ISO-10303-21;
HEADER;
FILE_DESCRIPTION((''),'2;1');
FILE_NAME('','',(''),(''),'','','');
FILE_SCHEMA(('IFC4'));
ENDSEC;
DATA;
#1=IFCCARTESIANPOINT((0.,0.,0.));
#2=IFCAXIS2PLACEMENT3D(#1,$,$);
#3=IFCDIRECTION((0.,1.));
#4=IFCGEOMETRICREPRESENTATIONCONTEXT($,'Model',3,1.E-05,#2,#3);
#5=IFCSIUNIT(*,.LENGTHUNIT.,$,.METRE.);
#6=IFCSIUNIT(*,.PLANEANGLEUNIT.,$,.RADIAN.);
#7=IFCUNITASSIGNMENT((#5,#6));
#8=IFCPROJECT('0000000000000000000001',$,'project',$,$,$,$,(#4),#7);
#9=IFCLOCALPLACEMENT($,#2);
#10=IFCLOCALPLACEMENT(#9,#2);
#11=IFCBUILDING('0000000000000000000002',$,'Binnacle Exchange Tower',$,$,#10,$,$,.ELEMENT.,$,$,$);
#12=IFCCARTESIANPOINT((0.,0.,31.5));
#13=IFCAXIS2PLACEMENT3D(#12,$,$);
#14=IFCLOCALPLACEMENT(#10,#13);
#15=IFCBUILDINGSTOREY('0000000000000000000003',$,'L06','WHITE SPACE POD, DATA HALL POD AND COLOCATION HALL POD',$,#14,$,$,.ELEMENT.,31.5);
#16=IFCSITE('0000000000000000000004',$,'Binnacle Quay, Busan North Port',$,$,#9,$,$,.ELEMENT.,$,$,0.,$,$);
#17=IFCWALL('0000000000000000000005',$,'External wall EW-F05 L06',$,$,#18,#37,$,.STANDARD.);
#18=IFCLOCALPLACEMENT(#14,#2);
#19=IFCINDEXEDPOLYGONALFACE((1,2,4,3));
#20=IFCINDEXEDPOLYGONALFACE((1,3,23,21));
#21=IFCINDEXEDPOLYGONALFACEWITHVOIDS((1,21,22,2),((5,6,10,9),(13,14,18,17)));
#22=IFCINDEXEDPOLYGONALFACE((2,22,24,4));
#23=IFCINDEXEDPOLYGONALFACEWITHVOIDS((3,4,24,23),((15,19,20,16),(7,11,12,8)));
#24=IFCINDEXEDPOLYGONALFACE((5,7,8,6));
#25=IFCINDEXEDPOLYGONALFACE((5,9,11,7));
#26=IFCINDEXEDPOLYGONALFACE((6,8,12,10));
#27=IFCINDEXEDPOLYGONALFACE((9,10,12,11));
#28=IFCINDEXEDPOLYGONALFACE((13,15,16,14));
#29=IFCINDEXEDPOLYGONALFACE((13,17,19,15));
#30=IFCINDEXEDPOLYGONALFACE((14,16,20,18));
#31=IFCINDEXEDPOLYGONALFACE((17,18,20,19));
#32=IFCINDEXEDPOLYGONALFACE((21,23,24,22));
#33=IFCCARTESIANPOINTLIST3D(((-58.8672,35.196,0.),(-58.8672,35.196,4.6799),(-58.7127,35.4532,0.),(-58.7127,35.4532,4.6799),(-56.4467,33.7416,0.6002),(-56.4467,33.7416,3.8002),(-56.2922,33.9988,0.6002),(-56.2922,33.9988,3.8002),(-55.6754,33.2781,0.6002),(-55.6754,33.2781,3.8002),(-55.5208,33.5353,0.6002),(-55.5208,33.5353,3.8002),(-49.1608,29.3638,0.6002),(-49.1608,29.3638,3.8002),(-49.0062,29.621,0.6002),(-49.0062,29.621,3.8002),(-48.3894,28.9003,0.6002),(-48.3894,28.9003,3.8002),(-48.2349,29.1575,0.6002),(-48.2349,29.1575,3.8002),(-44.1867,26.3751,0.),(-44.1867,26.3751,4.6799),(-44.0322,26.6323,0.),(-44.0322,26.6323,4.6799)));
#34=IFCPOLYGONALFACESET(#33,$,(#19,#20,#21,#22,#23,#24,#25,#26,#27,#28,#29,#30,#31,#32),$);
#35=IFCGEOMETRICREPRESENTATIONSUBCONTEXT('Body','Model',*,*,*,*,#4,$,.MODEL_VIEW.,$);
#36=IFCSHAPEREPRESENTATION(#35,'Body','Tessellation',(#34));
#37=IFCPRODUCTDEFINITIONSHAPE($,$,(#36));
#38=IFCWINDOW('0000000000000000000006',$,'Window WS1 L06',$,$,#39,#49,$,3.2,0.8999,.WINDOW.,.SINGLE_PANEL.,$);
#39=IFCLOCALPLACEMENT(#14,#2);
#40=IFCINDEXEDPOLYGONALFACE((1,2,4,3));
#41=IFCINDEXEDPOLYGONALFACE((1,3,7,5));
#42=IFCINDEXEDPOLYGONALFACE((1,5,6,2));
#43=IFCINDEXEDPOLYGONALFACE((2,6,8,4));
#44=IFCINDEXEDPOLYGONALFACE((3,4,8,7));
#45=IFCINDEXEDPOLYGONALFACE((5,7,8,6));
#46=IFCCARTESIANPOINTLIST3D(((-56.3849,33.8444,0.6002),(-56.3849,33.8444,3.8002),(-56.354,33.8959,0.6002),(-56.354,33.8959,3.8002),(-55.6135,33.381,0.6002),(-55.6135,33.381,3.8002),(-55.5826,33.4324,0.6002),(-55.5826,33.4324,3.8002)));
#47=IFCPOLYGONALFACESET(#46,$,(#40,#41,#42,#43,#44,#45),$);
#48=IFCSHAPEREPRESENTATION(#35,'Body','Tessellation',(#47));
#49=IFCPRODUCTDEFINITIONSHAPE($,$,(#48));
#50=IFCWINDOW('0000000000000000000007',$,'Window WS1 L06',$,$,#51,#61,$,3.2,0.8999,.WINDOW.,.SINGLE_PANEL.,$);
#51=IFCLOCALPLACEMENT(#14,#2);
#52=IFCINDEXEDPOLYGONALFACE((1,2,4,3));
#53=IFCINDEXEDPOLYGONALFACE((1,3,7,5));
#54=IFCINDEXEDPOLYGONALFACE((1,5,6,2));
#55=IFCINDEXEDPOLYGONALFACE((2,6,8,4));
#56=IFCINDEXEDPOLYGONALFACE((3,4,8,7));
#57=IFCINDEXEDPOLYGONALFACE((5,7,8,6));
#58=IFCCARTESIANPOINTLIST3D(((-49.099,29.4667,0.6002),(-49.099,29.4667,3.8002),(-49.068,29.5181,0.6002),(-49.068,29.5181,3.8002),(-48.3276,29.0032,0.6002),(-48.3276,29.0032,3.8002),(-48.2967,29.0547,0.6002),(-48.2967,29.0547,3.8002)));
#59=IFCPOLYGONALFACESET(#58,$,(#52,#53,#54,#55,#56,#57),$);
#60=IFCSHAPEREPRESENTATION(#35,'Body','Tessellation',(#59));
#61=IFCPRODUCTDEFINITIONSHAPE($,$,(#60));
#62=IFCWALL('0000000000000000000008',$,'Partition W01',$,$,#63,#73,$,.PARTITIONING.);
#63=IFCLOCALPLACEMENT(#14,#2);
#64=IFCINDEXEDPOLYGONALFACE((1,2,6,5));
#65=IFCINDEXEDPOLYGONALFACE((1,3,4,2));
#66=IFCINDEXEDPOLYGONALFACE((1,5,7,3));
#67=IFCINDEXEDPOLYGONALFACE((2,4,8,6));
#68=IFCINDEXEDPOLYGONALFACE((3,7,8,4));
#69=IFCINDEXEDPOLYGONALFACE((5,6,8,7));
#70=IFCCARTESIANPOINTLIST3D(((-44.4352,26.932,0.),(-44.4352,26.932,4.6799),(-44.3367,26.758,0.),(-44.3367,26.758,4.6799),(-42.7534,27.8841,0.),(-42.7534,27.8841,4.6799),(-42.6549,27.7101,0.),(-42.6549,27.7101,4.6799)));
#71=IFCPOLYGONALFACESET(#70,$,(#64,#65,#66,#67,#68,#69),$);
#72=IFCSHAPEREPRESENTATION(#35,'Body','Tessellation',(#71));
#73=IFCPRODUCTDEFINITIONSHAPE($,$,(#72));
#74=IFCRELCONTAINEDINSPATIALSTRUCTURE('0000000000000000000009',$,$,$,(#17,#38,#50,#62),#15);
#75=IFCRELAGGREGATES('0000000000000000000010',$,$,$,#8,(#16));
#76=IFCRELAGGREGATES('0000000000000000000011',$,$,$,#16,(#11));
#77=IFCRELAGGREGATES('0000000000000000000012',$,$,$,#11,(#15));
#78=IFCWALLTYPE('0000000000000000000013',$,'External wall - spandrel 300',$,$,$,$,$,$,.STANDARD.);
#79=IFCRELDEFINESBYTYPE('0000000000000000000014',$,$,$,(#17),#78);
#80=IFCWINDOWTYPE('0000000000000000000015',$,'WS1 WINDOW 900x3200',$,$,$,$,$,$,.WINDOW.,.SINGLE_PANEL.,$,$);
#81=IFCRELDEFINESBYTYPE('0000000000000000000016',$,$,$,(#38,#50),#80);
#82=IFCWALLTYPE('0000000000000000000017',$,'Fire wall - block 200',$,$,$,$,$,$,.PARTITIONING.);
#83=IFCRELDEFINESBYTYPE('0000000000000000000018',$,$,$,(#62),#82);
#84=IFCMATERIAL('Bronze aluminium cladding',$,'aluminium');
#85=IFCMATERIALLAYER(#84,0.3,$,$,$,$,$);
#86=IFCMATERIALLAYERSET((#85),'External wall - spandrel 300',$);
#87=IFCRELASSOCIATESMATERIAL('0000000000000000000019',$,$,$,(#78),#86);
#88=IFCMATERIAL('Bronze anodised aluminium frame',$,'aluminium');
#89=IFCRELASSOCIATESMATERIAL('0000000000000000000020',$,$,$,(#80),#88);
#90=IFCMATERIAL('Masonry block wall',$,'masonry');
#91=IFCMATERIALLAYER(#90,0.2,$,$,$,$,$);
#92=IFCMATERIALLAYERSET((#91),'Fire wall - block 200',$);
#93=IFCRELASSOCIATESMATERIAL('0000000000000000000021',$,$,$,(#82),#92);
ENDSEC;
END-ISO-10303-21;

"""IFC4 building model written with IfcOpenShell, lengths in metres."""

from ifc_helpers import new_model, si_unit, direction, frame, frame_2d, origin, place, context, subcontext, project, spatial, rectangle, extrude, material, layer, layer_set, type_object, element, fill, save


model = new_model("IFC4")

# Units and contexts
model_context = context("Model", 3, precision=1e-05, world=origin(), true_north=direction((0.0, 1.0)))
body_context = subcontext(model_context, "Body", "Model", "MODEL_VIEW")
ifc_project = project(units=[si_unit("LENGTHUNIT", "METRE"), si_unit("PLANEANGLEUNIT", "RADIAN")], contexts=[model_context])

# Site, building, storey
site_placement = place(None, origin())
site = spatial("IfcSite", under=ifc_project, at=site_placement, Name="Binnacle Quay, Busan North Port", CompositionType="ELEMENT", RefElevation=0.0)
building_placement = place(site_placement, origin())
building = spatial("IfcBuilding", under=site, at=building_placement, Name="Binnacle Exchange Tower", CompositionType="ELEMENT")
storey_placement = place(building_placement, frame((0.0, 0.0, 31.5)))
storey = spatial("IfcBuildingStorey", under=building, at=storey_placement, Name="L06", Description="WHITE SPACE POD, DATA HALL POD AND COLOCATION HALL POD", CompositionType="ELEMENT", Elevation=31.5)

# Shared definitions
ifc_material_1 = material(Name="Bronze aluminium cladding", Category="aluminium")
ifc_layer_1 = layer(ifc_material_1, 0.3)
ifc_layer_set_1 = layer_set([ifc_layer_1], Name="External wall - spandrel 300")
wall_type_1 = type_object("IfcWallType", Name="External wall - spandrel 300", PredefinedType="STANDARD", material=ifc_layer_set_1)
ifc_material_2 = material(Name="Bronze anodised aluminium frame", Category="aluminium")
window_type = type_object("IfcWindowType", Name="WS1 WINDOW 900x3200", PartitioningType="SINGLE_PANEL", PredefinedType="WINDOW", material=ifc_material_2)

# Wall, openings, windows
wall_1_placement = place(storey_placement, frame((-44.1094, 26.5037, 0.0), z_axis=(0.0, 0.0, 1.0), x_axis=(-0.85717, 0.515034, 0.0)))
wall_1 = element("IfcWall", 1, at=wall_1_placement, inside=storey, type_object=wall_type_1, Name="External wall EW-F05 L06", PredefinedType="STANDARD", context=body_context, shape_type="SweptSolid", body=[
    extrude(rectangle(XDim=17.1267, YDim=0.3, at=frame_2d((8.5635, 0.0))), origin(), (0.0, 0.0, 1.0), 4.6799),
])
opening_1_placement = place(wall_1_placement, frame((13.4031, 0.0, 0.6001)))
opening_1 = element("IfcOpeningElement", 2, at=opening_1_placement, cuts=wall_1, PredefinedType="OPENING", context=body_context, shape_type="SweptSolid", body=[
    extrude(rectangle(XDim=0.8999, YDim=3.2, at=frame_2d((0.45, 1.6001))), frame((0.0, 0.1599, 0.0), z_axis=(0.0, -1.0, 0.0), x_axis=(1.0, 0.0, 0.0)), (0.0, 0.0, 1.0), 0.3201),
])
opening_2_placement = place(wall_1_placement, frame((4.9031, 0.0, 0.6001)))
opening_2 = element("IfcOpeningElement", 3, at=opening_2_placement, cuts=wall_1, PredefinedType="OPENING", context=body_context, shape_type="SweptSolid", body=[
    extrude(rectangle(XDim=0.8999, YDim=3.2, at=frame_2d((0.45, 1.6001))), frame((0.0, 0.1599, 0.0), z_axis=(0.0, -1.0, 0.0), x_axis=(1.0, 0.0, 0.0)), (0.0, 0.0, 1.0), 0.3201),
])
window_1_placement = place(opening_1_placement, origin())
window_1 = element("IfcWindow", 4, at=window_1_placement, inside=storey, type_object=window_type, Name="Window WS1 L06", OverallHeight=3.2, OverallWidth=0.8999, PartitioningType="SINGLE_PANEL", PredefinedType="WINDOW", context=body_context, shape_type="SweptSolid", body=[
    extrude(rectangle(XDim=0.8999, YDim=3.2, at=frame_2d((0.45, 1.6001))), frame((0.0, 0.03, 0.0), z_axis=(0.0, -1.0, 0.0), x_axis=(1.0, 0.0, 0.0)), (0.0, 0.0, 1.0), 0.0601),
])
fill(opening_1, window_1)
window_2_placement = place(opening_2_placement, origin())
window_2 = element("IfcWindow", 5, at=window_2_placement, inside=storey, type_object=window_type, Name="Window WS1 L06", OverallHeight=3.2, OverallWidth=0.8999, PartitioningType="SINGLE_PANEL", PredefinedType="WINDOW", context=body_context, shape_type="SweptSolid", body=[
    extrude(rectangle(XDim=0.8999, YDim=3.2, at=frame_2d((0.45, 1.6001))), frame((0.0, 0.03, 0.0), z_axis=(0.0, -1.0, 0.0), x_axis=(1.0, 0.0, 0.0)), (0.0, 0.0, 1.0), 0.0601),
])
fill(opening_2, window_2)

# Wall
ifc_material_3 = material(Name="Masonry block wall", Category="masonry")
ifc_layer_2 = layer(ifc_material_3, 0.2)
ifc_layer_set_2 = layer_set([ifc_layer_2], Name="Fire wall - block 200")
wall_type_2 = type_object("IfcWallType", Name="Fire wall - block 200", PredefinedType="PARTITIONING", material=ifc_layer_set_2)
wall_2_placement = place(storey_placement, frame((-44.386, 26.845, 0.0), z_axis=(0.0, 0.0, 1.0), x_axis=(0.870226, 0.492652, 0.0)))
element("IfcWall", 6, at=wall_2_placement, inside=storey, type_object=wall_type_2, Name="Partition W01", PredefinedType="PARTITIONING", context=body_context, shape_type="SweptSolid", body=[
    extrude(rectangle(XDim=1.9326, YDim=0.2, at=frame_2d((0.9663, 0.0))), origin(), (0.0, 0.0, 1.0), 4.6799),
])

save(model, "model.ifc")
